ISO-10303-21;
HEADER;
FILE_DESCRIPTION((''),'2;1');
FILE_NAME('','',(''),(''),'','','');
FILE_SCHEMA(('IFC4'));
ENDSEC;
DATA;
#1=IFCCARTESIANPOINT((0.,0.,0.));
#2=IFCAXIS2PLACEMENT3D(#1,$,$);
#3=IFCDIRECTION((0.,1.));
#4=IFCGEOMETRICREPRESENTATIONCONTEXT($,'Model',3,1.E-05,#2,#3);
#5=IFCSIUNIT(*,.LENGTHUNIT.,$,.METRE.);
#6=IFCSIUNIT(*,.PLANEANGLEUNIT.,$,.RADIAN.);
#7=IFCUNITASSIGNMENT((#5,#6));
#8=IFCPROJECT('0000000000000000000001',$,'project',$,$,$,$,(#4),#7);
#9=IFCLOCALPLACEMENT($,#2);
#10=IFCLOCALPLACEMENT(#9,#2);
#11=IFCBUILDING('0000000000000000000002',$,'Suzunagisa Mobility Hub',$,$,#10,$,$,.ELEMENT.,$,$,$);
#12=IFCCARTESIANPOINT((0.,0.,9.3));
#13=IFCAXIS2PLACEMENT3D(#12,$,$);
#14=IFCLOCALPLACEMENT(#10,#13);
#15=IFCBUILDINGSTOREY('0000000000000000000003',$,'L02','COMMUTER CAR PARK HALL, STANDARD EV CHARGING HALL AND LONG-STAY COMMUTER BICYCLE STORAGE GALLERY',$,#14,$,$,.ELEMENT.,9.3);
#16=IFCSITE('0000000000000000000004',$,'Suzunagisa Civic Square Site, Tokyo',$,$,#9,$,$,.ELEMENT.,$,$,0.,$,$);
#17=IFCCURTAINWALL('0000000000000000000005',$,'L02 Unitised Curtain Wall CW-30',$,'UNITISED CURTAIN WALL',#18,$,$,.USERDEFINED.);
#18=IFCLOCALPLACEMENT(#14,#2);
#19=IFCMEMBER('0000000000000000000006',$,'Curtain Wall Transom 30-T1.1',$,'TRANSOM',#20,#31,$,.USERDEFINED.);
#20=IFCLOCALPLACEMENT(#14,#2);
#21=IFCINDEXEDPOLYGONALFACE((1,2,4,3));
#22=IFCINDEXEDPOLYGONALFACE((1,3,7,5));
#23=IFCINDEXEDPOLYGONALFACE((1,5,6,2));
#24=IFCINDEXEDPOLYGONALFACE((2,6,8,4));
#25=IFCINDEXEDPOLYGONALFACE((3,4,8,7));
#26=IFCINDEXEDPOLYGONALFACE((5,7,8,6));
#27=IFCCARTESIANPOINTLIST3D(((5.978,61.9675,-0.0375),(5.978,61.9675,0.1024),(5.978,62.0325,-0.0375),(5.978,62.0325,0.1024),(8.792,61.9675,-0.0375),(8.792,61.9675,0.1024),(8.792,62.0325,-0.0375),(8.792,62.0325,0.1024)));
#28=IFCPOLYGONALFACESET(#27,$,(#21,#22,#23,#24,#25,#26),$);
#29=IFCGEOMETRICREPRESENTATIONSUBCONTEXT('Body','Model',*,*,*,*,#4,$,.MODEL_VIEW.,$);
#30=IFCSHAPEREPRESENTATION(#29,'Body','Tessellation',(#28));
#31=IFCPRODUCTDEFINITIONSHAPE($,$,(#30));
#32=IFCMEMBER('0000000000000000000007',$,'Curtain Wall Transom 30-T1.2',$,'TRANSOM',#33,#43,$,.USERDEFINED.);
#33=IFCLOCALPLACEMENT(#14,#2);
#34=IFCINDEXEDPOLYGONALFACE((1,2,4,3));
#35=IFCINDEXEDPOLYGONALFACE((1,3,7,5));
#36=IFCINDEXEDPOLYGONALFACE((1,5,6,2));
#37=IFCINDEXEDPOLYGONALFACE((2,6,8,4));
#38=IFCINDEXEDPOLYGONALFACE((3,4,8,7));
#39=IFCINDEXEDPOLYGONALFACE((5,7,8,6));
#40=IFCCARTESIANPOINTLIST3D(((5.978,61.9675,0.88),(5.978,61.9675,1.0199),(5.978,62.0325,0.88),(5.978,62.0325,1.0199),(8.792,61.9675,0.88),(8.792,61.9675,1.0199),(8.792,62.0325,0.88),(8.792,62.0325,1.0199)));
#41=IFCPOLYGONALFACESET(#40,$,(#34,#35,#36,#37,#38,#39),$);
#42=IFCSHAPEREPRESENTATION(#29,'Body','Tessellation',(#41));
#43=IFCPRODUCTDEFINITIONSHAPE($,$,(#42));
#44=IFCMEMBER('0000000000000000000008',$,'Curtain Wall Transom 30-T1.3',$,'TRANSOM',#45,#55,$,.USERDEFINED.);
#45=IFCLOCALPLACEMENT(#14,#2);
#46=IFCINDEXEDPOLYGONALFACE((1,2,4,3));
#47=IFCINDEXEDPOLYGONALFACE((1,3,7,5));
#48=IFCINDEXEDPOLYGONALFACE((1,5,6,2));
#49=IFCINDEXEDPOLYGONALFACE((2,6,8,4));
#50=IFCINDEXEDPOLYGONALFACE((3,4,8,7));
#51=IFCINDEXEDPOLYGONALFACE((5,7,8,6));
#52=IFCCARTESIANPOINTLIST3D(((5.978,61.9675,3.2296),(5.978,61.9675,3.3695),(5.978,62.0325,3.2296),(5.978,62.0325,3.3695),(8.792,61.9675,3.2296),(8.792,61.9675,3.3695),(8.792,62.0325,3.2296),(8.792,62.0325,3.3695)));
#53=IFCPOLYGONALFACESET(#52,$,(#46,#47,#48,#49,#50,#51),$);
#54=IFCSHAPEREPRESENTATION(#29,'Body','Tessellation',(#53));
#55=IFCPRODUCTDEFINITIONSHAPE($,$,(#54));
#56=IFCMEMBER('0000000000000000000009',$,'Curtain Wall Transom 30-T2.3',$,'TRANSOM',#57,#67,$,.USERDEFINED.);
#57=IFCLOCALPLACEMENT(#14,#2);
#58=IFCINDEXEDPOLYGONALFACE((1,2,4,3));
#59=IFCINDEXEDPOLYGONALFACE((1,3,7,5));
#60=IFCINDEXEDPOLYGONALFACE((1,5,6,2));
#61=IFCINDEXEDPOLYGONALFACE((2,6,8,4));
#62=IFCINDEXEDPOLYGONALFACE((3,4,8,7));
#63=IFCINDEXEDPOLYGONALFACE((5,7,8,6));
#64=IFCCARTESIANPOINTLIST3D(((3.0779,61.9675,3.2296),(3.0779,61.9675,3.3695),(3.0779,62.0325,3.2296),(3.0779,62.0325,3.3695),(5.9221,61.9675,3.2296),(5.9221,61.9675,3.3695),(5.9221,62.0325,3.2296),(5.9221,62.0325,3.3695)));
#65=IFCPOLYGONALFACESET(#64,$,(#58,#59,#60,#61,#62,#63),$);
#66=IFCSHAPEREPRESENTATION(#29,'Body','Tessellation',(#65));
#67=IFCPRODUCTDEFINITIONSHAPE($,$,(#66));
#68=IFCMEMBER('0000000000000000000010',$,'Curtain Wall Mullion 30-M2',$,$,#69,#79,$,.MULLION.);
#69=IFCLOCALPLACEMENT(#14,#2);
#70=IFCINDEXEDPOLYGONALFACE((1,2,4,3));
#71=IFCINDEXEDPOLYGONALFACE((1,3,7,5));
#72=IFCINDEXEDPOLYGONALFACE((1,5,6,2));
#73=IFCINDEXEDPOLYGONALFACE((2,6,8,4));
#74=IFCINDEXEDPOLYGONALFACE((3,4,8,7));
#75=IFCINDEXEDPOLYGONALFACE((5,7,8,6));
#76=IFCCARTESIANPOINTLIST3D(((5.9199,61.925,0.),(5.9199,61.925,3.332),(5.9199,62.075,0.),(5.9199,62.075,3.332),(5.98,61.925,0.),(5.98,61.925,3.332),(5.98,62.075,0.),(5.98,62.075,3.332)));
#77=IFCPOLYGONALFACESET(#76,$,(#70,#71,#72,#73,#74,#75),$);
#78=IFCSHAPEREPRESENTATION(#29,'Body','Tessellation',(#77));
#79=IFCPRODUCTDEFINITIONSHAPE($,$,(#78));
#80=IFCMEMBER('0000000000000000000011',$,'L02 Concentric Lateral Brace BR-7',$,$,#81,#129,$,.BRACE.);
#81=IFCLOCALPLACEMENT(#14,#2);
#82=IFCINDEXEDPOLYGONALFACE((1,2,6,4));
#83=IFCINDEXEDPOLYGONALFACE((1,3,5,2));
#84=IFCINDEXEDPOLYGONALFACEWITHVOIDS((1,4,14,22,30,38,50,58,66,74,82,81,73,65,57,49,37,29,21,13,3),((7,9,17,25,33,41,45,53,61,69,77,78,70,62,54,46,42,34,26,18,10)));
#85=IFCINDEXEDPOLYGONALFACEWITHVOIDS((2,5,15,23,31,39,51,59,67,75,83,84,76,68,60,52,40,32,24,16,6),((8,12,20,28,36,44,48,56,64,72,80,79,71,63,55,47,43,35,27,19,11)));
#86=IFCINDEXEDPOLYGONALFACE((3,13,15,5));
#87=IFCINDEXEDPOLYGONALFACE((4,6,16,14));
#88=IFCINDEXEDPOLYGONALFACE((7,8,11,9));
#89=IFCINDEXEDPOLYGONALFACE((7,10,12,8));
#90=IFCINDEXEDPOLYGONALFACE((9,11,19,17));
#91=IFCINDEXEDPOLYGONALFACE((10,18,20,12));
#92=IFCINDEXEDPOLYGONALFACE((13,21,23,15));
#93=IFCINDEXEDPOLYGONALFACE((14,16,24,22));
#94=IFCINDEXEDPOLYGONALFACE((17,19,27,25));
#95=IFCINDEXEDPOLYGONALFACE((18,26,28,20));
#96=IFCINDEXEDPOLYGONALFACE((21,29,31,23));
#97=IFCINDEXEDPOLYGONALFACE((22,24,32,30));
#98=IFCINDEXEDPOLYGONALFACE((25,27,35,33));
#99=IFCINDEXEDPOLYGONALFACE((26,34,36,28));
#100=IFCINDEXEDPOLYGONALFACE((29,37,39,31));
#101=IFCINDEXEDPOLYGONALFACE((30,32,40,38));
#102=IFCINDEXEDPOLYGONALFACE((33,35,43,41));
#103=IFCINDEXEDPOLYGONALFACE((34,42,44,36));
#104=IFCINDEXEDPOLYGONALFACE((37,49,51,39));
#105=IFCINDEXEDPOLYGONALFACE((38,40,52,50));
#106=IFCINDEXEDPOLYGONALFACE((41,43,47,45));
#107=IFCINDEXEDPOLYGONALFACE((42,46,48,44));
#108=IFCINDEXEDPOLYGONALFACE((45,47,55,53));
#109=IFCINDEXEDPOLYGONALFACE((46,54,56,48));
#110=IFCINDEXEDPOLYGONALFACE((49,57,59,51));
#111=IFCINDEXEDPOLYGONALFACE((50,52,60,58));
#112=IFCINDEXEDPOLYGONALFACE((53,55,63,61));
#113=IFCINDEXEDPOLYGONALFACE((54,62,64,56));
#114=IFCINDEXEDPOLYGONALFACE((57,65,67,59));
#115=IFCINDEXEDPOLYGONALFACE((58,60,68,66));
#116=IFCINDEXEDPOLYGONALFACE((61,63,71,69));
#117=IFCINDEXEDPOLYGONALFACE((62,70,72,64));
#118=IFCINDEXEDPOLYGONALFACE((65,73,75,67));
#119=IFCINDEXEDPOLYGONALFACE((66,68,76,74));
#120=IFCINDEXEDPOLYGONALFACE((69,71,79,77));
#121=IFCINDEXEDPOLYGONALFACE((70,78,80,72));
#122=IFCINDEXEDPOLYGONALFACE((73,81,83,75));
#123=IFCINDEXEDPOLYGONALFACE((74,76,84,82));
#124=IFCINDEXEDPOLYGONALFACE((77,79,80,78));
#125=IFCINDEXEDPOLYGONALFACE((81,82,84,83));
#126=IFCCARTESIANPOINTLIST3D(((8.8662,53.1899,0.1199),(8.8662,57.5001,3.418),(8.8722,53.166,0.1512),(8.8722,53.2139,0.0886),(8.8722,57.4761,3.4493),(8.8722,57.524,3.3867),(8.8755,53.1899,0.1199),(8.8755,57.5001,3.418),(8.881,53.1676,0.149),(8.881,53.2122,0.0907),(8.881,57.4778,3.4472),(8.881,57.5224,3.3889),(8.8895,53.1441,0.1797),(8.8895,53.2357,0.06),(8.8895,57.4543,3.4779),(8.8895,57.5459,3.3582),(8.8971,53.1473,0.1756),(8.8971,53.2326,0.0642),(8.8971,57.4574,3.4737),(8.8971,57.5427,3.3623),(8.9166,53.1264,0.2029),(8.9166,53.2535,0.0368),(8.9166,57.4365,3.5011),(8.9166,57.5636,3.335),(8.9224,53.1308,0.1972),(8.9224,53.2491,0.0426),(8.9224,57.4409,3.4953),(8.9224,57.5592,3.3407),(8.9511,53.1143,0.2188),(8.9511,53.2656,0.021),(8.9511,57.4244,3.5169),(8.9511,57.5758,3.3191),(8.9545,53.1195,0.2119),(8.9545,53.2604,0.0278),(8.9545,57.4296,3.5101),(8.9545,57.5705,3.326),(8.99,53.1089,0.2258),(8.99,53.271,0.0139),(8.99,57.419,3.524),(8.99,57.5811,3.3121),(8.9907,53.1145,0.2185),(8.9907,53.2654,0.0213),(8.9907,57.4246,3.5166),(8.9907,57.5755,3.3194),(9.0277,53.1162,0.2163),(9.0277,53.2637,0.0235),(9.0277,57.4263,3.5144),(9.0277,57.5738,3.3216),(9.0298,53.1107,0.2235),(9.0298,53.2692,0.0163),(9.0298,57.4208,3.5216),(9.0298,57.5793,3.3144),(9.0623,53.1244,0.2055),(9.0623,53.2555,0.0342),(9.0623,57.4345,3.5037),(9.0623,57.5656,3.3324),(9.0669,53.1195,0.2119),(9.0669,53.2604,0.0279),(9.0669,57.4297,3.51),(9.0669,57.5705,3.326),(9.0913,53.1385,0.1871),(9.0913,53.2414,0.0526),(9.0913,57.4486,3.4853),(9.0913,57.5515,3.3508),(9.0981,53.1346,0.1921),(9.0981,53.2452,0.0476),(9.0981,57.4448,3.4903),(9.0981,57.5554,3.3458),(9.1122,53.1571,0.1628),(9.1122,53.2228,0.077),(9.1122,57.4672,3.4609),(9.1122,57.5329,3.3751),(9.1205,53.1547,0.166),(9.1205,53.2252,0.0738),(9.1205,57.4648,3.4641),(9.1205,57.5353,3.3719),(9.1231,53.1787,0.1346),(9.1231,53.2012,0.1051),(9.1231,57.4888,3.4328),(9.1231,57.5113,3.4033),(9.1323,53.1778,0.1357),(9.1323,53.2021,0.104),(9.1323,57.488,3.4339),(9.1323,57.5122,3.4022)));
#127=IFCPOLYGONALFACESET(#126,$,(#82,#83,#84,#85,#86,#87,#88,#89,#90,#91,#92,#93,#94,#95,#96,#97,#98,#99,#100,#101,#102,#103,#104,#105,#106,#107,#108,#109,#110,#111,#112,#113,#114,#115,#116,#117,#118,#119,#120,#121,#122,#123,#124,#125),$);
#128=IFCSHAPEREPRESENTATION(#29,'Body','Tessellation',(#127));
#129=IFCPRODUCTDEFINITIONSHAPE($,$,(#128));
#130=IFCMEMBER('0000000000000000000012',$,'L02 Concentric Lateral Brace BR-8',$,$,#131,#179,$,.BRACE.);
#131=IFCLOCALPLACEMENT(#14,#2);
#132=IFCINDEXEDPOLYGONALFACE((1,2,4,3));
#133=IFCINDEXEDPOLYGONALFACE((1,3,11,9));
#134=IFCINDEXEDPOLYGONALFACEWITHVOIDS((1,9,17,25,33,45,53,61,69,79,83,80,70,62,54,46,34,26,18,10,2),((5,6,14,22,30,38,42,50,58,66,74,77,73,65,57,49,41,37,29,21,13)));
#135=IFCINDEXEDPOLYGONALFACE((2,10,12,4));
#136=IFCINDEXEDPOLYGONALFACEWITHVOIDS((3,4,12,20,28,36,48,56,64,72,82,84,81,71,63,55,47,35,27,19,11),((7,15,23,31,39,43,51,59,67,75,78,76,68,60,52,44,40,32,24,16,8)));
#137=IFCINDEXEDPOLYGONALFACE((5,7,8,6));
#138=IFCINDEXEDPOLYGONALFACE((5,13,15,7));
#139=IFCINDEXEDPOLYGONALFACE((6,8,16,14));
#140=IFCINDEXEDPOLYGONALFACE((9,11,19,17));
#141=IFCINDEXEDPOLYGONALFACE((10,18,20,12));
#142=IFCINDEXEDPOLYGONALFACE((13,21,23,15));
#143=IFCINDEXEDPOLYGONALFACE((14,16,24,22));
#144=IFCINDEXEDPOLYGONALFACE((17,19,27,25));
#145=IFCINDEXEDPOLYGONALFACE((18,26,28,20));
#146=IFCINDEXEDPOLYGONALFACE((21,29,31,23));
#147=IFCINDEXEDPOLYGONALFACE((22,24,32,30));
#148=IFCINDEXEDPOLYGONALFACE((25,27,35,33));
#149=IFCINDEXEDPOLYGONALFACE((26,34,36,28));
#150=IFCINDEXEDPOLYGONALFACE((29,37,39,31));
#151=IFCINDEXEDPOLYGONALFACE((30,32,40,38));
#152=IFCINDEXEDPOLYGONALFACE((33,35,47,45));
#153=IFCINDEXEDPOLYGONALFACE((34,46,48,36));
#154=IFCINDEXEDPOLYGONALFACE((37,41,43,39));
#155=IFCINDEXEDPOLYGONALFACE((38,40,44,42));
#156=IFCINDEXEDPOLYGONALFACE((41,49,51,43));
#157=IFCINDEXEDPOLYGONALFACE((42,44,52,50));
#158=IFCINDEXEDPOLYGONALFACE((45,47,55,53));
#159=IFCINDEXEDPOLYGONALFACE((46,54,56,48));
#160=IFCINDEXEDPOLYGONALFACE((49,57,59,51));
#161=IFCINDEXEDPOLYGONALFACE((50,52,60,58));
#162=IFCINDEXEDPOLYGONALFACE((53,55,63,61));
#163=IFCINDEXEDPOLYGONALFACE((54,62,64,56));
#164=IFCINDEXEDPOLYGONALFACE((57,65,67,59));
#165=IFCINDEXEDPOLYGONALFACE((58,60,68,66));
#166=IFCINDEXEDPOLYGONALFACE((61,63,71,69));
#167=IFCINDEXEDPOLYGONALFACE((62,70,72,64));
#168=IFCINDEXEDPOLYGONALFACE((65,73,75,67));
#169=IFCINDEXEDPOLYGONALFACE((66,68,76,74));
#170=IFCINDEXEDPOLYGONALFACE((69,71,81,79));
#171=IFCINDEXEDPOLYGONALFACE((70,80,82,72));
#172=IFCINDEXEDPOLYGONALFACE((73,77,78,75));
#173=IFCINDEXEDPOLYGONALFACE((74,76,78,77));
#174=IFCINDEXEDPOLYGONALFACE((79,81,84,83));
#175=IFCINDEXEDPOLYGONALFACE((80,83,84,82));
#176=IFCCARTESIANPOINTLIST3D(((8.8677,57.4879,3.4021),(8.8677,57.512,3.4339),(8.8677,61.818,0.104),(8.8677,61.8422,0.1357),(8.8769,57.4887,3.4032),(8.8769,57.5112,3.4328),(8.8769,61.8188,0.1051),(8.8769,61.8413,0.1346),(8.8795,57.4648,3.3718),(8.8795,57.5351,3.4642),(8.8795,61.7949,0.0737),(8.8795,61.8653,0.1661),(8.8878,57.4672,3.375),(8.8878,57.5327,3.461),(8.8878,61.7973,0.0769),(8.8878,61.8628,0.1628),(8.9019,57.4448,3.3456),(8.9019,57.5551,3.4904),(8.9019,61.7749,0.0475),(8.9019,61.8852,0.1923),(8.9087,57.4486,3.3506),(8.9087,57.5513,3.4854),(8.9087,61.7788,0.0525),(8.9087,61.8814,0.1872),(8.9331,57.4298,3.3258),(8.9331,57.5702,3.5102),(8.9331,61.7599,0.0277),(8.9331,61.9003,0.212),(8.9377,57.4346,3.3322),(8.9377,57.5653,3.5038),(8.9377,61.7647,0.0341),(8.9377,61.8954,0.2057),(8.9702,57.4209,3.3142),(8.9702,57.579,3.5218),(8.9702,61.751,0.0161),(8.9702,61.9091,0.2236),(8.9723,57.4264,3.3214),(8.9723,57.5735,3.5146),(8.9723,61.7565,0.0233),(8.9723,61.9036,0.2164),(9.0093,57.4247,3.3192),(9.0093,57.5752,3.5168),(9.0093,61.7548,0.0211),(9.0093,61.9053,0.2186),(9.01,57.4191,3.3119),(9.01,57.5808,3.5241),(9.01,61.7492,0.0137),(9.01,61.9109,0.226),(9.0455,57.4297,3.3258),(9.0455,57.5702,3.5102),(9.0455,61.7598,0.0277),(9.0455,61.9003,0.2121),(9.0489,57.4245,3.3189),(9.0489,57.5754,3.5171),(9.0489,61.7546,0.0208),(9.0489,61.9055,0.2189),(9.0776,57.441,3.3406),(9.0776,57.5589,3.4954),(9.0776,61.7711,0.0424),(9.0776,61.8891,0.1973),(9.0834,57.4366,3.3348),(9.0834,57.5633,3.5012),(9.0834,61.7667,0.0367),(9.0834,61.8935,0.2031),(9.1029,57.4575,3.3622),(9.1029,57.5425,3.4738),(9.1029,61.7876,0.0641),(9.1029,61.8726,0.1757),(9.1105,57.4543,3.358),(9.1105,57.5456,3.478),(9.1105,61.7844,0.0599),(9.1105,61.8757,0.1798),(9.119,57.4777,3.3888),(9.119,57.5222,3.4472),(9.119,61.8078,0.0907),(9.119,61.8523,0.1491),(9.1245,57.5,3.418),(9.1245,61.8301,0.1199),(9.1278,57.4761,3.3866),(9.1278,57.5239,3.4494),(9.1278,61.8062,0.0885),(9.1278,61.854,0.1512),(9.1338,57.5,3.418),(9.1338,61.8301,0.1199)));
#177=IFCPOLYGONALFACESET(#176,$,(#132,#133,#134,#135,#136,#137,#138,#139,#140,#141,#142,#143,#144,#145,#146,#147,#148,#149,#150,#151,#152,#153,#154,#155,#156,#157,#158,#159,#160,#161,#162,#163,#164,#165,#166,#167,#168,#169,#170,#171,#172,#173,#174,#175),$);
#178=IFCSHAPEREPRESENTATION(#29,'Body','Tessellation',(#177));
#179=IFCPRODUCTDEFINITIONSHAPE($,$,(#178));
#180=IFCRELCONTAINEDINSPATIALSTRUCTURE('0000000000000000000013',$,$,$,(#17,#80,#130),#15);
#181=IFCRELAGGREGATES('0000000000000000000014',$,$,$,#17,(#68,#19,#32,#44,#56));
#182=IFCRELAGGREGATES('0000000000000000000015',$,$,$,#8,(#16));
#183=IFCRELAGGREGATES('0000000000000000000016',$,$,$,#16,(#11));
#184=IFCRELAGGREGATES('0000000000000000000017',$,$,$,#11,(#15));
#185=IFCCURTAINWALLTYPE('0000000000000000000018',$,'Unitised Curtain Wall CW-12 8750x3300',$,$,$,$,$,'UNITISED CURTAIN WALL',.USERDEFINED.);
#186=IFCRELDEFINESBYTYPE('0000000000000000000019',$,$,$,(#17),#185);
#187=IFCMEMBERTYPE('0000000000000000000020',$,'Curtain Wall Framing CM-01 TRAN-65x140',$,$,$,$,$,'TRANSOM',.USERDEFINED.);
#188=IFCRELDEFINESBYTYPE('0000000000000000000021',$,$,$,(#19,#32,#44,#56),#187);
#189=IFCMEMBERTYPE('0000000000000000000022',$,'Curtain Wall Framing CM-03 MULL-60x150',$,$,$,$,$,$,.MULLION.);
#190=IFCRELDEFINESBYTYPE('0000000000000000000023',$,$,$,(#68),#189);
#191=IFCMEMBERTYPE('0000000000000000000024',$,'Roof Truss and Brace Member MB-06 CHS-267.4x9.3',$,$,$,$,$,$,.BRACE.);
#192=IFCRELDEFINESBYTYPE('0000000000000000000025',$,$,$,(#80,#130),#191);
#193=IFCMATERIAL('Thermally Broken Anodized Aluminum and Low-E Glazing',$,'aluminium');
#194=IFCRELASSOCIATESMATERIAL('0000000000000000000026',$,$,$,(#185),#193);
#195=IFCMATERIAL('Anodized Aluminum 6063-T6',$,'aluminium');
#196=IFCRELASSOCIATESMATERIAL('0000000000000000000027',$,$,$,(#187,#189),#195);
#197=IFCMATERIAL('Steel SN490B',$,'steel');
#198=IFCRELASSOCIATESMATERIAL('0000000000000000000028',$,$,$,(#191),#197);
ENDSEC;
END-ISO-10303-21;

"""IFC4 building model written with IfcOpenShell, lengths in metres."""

from ifc_helpers import new_model, si_unit, direction, frame, origin, origin_2d, place, context, subcontext, project, spatial, rectangle, hollow_circle, extrude, material, material_profile, profile_set, type_object, element, aggregate, save


model = new_model("IFC4")

# Units and contexts
model_context = context("Model", 3, precision=1e-05, world=origin(), true_north=direction((0.0, 1.0)))
body_context = subcontext(model_context, "Body", "Model", "MODEL_VIEW")
ifc_project = project(units=[si_unit("LENGTHUNIT", "METRE"), si_unit("PLANEANGLEUNIT", "RADIAN")], contexts=[model_context])

# Site, building, storey
site_placement = place(None, origin())
site = spatial("IfcSite", under=ifc_project, at=site_placement, Name="Suzunagisa Civic Square Site, Tokyo", CompositionType="ELEMENT", RefElevation=0.0)
building_placement = place(site_placement, origin())
building = spatial("IfcBuilding", under=site, at=building_placement, Name="Suzunagisa Mobility Hub", CompositionType="ELEMENT")
storey_placement = place(building_placement, frame((0.0, 0.0, 9.3)))
storey = spatial("IfcBuildingStorey", under=building, at=storey_placement, Name="L02", Description="COMMUTER CAR PARK HALL, STANDARD EV CHARGING HALL AND LONG-STAY COMMUTER BICYCLE STORAGE GALLERY", CompositionType="ELEMENT", Elevation=9.3)

# Curtain wall, members
ifc_material_1 = material(Name="Thermally Broken Anodized Aluminum and Low-E Glazing", Category="aluminium")
curtain_wall_type = type_object("IfcCurtainWallType", Name="Unitised Curtain Wall CW-12 8750x3300", ElementType="UNITISED CURTAIN WALL", PredefinedType="USERDEFINED", material=ifc_material_1)
curtain_wall_placement = place(storey_placement, origin())
curtain_wall = element("IfcCurtainWall", 1, at=curtain_wall_placement, inside=storey, type_object=curtain_wall_type, Name="L02 Unitised Curtain Wall CW-30", ObjectType="UNITISED CURTAIN WALL", PredefinedType="USERDEFINED")
ifc_material_2 = material(Name="Anodized Aluminum 6063-T6", Category="aluminium")
ifc_material_profile_1 = material_profile(ifc_material_2, rectangle(XDim=0.0649, YDim=0.1399, at=origin_2d()), Name="TRAN-65x140")
ifc_profile_set_1 = profile_set([ifc_material_profile_1], Name="Anodized Aluminum 6063-T6")
member_type_1 = type_object("IfcMemberType", Name="Curtain Wall Framing CM-01 TRAN-65x140", ElementType="TRANSOM", PredefinedType="USERDEFINED", material=ifc_profile_set_1)
member_1_placement = place(storey_placement, frame((8.792, 62.0, 0.0325), z_axis=(-1.0, 0.0, 0.0), x_axis=(0.0, -1.0, 0.0)))
member_1 = element("IfcMember", 2, at=member_1_placement, type_object=member_type_1, Name="Curtain Wall Transom 30-T1.1", ObjectType="TRANSOM", PredefinedType="USERDEFINED", context=body_context, shape_type="SweptSolid", body=[
    extrude(rectangle(XDim=0.0649, YDim=0.1399, at=origin_2d()), origin(), (0.0, 0.0, 1.0), 2.814),
])
member_2_placement = place(storey_placement, frame((8.792, 62.0, 0.95), z_axis=(-1.0, 0.0, 0.0), x_axis=(0.0, -1.0, 0.0)))
member_2 = element("IfcMember", 3, at=member_2_placement, type_object=member_type_1, Name="Curtain Wall Transom 30-T1.2", ObjectType="TRANSOM", PredefinedType="USERDEFINED", context=body_context, shape_type="SweptSolid", body=[
    extrude(rectangle(XDim=0.0649, YDim=0.1399, at=origin_2d()), origin(), (0.0, 0.0, 1.0), 2.814),
])
member_3_placement = place(storey_placement, frame((8.792, 62.0, 3.2996), z_axis=(-1.0, 0.0, 0.0), x_axis=(0.0, -1.0, 0.0)))
member_3 = element("IfcMember", 4, at=member_3_placement, type_object=member_type_1, Name="Curtain Wall Transom 30-T1.3", ObjectType="TRANSOM", PredefinedType="USERDEFINED", context=body_context, shape_type="SweptSolid", body=[
    extrude(rectangle(XDim=0.0649, YDim=0.1399, at=origin_2d()), origin(), (0.0, 0.0, 1.0), 2.814),
])
member_4_placement = place(storey_placement, frame((5.9221, 62.0, 3.2996), z_axis=(-1.0, 0.0, 0.0), x_axis=(0.0, -1.0, 0.0)))
member_4 = element("IfcMember", 5, at=member_4_placement, type_object=member_type_1, Name="Curtain Wall Transom 30-T2.3", ObjectType="TRANSOM", PredefinedType="USERDEFINED", context=body_context, shape_type="SweptSolid", body=[
    extrude(rectangle(XDim=0.0649, YDim=0.1399, at=origin_2d()), origin(), (0.0, 0.0, 1.0), 2.8442),
])
ifc_material_profile_2 = material_profile(ifc_material_2, rectangle(XDim=0.0601, YDim=0.1499, at=origin_2d()), Name="MULL-60x150")
ifc_profile_set_2 = profile_set([ifc_material_profile_2], Name="Anodized Aluminum 6063-T6")
member_type_2 = type_object("IfcMemberType", Name="Curtain Wall Framing CM-03 MULL-60x150", PredefinedType="MULLION", material=ifc_profile_set_2)
member_5_placement = place(storey_placement, frame((5.95, 62.0, 0.0), z_axis=(0.0, 0.0, 1.0), x_axis=(-1.0, 0.0, 0.0)))
member_5 = element("IfcMember", 6, at=member_5_placement, type_object=member_type_2, Name="Curtain Wall Mullion 30-M2", PredefinedType="MULLION", context=body_context, shape_type="SweptSolid", body=[
    extrude(rectangle(XDim=0.0601, YDim=0.1499, at=origin_2d()), origin(), (0.0, 0.0, 1.0), 3.332),
])

# Members
ifc_material_3 = material(Name="Steel SN490B", Category="steel")
ifc_material_profile_3 = material_profile(ifc_material_3, hollow_circle(Radius=0.1338, WallThickness=0.0093, at=origin_2d()), Name="CHS-267.4x9.3")
ifc_profile_set_3 = profile_set([ifc_material_profile_3], Name="Steel SN490B")
member_type_3 = type_object("IfcMemberType", Name="Roof Truss and Brace Member MB-06 CHS-267.4x9.3", PredefinedType="BRACE", material=ifc_profile_set_3)
member_6_placement = place(storey_placement, frame((9.0, 53.1899, 0.1199), z_axis=(0.0, 0.794165, 0.607702), x_axis=(-1.0, 0.0, 0.0)))
element("IfcMember", 7, at=member_6_placement, inside=storey, type_object=member_type_3, Name="L02 Concentric Lateral Brace BR-7", PredefinedType="BRACE", context=body_context, shape_type="SweptSolid", body=[
    extrude(hollow_circle(Radius=0.1338, WallThickness=0.0093, at=origin_2d()), origin(), (0.0, 0.0, 1.0), 5.4272),
])
member_7_placement = place(storey_placement, frame((9.0, 61.8301, 0.1199), z_axis=(0.0, -0.795521, 0.605926), x_axis=(1.0, 0.0, 0.0)))
element("IfcMember", 8, at=member_7_placement, inside=storey, type_object=member_type_3, Name="L02 Concentric Lateral Brace BR-8", PredefinedType="BRACE", context=body_context, shape_type="SweptSolid", body=[
    extrude(hollow_circle(Radius=0.1338, WallThickness=0.0093, at=origin_2d()), origin(), (0.0, 0.0, 1.0), 5.4431),
])

aggregate(curtain_wall, [member_5, member_1, member_2, member_3, member_4])

save(model, "model.ifc")
